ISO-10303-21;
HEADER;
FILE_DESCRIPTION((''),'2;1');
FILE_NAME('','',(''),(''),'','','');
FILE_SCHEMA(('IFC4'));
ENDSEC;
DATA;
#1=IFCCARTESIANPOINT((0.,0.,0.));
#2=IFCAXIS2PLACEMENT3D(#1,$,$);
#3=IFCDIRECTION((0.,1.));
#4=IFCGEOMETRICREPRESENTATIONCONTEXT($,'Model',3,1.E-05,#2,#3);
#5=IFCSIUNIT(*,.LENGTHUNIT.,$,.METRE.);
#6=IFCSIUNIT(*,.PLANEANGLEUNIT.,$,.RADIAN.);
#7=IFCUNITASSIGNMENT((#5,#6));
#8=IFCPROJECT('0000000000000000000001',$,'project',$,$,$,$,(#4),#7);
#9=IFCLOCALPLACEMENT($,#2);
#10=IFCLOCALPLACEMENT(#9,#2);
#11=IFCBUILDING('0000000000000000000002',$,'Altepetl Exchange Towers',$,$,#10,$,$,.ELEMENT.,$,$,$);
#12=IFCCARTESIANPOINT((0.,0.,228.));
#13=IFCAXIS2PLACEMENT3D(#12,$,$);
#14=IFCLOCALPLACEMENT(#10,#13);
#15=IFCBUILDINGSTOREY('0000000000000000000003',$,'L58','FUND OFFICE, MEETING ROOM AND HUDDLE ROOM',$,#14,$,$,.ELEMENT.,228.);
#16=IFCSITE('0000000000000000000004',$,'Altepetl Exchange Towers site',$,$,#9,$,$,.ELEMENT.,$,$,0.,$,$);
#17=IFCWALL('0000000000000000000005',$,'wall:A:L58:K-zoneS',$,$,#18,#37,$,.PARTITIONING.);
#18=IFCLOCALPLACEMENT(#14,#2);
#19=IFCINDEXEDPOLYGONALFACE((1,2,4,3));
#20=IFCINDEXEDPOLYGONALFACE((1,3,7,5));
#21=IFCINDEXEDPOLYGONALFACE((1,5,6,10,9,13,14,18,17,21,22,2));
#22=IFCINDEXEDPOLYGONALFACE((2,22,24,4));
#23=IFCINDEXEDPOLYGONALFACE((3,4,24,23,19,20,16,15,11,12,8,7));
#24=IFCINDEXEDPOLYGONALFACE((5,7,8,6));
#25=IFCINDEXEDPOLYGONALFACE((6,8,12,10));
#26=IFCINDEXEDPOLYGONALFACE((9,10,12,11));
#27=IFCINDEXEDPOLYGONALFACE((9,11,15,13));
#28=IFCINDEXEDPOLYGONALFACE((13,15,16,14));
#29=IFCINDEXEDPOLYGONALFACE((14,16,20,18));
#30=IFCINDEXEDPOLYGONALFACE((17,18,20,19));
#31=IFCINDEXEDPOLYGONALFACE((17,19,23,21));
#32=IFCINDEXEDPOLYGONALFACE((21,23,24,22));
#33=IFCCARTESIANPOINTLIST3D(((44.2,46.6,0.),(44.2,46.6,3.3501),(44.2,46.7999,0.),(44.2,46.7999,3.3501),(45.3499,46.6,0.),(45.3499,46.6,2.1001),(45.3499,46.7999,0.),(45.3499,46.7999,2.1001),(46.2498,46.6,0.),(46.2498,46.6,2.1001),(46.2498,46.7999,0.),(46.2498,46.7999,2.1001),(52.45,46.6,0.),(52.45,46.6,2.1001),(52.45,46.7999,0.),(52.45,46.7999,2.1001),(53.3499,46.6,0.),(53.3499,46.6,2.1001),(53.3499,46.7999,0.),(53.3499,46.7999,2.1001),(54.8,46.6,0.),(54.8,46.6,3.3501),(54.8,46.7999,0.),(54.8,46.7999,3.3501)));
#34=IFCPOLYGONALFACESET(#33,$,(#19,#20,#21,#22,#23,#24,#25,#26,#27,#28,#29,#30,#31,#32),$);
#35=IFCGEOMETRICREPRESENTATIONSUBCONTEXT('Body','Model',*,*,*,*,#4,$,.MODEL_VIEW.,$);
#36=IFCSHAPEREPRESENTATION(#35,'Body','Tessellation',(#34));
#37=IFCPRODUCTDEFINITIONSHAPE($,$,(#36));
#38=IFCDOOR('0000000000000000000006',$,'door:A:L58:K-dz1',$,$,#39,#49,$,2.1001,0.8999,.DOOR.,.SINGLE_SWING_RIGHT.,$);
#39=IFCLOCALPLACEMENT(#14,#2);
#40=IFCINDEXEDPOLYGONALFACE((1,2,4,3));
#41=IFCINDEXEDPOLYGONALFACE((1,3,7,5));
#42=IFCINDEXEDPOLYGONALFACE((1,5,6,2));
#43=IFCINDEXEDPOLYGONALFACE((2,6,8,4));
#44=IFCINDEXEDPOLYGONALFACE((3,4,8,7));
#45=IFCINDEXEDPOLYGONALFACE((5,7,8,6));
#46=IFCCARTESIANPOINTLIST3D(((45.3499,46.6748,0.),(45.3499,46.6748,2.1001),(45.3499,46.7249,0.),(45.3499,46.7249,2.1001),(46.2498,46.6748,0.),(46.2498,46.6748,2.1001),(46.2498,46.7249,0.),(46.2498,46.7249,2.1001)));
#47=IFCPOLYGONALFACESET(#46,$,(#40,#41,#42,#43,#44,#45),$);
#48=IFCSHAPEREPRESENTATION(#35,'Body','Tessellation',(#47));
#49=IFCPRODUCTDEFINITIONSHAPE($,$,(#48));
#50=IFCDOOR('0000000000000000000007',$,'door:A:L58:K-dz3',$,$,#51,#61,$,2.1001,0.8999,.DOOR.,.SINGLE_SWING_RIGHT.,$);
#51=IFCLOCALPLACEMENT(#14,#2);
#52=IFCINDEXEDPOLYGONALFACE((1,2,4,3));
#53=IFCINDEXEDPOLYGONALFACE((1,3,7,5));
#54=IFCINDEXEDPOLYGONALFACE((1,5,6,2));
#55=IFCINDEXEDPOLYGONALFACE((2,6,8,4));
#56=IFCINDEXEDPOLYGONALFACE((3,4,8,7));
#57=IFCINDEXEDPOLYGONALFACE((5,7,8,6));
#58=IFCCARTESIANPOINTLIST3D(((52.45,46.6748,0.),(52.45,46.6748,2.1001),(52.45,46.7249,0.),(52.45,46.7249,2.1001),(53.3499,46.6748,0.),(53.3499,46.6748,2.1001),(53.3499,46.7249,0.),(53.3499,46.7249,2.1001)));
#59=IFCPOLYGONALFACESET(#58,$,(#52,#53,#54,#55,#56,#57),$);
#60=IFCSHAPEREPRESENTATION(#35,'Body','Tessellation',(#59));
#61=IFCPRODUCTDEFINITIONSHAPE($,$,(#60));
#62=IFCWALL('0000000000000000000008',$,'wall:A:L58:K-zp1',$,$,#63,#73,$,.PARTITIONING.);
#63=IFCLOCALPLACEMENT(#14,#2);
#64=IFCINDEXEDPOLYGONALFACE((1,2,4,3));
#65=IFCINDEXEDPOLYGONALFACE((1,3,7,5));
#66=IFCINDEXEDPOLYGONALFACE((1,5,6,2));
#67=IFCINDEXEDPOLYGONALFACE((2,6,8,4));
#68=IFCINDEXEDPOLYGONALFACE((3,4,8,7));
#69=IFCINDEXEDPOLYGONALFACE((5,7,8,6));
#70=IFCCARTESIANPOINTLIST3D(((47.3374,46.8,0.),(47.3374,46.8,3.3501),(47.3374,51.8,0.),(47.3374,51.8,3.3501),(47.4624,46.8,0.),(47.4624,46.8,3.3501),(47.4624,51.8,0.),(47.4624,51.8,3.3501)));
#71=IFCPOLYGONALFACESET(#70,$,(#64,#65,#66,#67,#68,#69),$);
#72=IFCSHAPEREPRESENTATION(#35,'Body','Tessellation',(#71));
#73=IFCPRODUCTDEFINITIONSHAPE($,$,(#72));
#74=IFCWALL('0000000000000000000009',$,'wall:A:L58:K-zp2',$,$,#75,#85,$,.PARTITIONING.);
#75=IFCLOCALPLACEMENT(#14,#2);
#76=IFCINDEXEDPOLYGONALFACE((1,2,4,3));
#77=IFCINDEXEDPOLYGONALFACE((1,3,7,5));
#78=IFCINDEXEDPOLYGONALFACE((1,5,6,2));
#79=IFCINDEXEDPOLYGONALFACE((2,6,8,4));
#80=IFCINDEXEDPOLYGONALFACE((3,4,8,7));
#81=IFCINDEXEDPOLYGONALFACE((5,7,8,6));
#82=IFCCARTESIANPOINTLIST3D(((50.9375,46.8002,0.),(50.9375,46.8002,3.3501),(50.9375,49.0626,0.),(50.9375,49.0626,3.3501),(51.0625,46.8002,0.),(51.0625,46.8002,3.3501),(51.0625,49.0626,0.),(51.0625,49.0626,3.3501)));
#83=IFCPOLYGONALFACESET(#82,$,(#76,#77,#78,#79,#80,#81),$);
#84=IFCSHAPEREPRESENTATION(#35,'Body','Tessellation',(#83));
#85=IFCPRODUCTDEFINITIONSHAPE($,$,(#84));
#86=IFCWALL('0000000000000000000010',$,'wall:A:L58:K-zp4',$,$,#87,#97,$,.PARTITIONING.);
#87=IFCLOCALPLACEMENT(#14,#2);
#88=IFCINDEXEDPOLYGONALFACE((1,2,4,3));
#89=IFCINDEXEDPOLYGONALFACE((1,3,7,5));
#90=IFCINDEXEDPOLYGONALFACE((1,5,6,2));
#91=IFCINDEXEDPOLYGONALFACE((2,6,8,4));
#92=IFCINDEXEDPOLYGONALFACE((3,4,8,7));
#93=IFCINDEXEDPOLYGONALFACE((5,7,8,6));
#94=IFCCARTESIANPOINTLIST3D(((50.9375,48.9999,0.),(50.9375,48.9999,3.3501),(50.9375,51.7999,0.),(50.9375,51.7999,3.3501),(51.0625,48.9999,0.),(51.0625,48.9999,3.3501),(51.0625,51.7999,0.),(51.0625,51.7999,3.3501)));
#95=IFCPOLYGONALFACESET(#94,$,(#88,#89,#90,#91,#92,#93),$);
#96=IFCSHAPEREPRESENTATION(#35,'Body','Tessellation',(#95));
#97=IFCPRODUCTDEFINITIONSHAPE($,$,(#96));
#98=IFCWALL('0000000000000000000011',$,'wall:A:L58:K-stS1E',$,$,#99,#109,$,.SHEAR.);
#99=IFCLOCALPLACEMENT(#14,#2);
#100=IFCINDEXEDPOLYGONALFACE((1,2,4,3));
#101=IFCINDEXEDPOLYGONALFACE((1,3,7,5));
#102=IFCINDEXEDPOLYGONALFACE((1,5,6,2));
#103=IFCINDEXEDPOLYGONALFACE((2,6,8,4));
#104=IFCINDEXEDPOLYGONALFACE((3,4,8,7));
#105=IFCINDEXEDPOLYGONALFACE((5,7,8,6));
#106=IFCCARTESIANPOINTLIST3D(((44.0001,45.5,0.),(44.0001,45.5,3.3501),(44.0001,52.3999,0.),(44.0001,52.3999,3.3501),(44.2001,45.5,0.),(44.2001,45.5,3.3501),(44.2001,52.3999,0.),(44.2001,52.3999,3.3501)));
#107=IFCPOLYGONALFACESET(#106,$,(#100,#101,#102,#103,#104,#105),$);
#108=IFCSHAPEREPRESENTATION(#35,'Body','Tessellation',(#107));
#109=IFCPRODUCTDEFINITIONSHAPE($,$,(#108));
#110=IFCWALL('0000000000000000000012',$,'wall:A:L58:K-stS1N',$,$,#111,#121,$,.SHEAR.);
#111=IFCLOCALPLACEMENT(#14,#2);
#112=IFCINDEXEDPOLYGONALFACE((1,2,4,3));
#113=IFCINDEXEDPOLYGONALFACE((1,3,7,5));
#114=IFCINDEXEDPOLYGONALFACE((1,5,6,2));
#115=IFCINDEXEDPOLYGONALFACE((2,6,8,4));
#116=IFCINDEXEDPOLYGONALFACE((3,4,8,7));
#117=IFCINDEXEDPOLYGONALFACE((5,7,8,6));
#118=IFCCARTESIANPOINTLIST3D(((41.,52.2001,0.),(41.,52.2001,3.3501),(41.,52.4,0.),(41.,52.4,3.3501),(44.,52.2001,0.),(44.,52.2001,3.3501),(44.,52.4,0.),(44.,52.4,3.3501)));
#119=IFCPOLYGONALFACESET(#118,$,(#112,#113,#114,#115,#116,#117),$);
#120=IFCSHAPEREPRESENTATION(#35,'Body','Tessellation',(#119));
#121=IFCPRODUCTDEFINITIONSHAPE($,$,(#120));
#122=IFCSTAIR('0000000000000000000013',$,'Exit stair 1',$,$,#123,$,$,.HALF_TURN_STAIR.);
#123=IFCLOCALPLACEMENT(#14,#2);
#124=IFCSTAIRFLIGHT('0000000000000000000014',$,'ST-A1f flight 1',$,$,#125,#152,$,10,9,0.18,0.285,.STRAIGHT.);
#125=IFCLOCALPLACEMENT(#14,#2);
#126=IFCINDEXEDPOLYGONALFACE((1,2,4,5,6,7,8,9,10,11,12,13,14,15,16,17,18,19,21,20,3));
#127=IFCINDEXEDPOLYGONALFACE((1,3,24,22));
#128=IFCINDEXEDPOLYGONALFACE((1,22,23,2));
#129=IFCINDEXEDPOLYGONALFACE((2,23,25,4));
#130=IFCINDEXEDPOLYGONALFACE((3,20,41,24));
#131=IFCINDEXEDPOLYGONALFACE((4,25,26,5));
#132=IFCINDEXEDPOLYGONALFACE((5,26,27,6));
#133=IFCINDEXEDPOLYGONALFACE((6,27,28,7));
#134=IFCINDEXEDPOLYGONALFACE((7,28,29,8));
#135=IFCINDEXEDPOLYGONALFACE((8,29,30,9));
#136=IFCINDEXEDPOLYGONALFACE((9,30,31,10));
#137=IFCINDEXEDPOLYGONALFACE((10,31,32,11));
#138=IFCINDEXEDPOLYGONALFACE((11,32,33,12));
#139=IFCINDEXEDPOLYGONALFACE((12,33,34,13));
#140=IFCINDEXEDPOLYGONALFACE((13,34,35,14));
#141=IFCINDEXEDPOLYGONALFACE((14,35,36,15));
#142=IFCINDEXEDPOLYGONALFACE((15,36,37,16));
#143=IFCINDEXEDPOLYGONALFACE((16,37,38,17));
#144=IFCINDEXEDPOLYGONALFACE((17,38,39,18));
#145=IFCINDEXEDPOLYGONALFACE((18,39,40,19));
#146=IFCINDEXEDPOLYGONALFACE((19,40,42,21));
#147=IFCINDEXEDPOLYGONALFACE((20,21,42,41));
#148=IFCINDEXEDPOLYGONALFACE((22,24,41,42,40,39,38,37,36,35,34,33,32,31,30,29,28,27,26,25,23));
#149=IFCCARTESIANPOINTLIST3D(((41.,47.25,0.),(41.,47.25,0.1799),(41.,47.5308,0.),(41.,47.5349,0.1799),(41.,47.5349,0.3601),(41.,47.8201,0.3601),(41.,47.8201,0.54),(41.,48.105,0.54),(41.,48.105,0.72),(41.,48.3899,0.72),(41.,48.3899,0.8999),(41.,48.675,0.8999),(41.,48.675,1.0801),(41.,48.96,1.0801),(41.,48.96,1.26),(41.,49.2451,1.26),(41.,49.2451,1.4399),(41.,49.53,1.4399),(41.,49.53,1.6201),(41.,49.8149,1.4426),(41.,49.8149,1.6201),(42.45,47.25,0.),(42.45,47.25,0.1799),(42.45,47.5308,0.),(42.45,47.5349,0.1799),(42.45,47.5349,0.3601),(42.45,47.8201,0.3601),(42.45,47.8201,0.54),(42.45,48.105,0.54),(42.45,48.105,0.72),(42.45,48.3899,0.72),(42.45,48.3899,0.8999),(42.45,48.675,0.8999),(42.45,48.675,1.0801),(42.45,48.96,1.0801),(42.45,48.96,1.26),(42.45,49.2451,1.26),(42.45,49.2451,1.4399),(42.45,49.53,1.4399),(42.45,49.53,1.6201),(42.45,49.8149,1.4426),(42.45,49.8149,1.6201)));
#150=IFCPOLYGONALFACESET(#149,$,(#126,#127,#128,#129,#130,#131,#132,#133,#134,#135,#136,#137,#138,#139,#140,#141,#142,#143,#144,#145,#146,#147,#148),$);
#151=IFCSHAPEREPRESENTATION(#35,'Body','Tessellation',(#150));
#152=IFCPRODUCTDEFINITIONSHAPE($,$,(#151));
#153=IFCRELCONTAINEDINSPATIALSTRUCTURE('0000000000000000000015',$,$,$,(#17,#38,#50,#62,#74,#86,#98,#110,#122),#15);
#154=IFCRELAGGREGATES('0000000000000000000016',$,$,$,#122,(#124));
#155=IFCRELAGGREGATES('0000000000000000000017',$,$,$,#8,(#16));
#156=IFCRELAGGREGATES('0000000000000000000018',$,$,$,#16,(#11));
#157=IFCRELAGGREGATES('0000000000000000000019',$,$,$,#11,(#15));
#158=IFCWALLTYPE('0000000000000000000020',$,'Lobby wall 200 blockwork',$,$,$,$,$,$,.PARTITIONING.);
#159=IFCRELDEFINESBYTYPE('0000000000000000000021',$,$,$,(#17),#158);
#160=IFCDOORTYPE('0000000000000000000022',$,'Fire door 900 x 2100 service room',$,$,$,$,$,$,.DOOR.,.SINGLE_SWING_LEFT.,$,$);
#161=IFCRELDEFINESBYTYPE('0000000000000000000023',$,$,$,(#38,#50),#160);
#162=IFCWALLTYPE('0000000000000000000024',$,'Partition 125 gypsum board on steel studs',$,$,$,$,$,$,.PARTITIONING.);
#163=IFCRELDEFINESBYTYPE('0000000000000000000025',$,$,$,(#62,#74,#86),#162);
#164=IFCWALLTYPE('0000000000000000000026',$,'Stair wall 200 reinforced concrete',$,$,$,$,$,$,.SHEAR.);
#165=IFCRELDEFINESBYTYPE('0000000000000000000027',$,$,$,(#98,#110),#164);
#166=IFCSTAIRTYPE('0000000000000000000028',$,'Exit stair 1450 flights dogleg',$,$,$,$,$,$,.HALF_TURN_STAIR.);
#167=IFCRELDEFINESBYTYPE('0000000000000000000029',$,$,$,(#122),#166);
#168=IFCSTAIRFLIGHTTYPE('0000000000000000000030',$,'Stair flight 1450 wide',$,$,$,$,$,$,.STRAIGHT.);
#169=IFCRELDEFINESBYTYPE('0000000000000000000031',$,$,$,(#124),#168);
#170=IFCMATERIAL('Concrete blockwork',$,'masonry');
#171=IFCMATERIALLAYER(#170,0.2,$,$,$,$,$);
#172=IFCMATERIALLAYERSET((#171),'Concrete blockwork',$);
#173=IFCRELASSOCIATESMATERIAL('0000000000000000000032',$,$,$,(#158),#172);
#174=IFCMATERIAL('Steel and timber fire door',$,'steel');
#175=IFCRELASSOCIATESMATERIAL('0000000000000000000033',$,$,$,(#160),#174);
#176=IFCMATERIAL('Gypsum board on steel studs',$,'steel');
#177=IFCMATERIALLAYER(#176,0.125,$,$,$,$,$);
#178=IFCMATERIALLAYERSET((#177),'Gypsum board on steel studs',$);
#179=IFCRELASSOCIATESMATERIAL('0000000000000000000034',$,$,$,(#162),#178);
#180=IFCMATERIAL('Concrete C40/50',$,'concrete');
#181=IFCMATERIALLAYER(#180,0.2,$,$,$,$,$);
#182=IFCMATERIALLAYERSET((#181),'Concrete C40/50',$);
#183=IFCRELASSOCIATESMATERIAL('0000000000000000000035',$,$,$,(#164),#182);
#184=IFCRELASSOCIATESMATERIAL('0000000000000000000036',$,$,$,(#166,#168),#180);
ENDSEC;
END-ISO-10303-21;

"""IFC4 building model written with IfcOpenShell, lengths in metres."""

from ifc_helpers import new_model, si_unit, direction, frame, frame_2d, origin, place, context, subcontext, project, spatial, polyline, rectangle, outline, extrude, material, layer, layer_set, type_object, element, fill, aggregate, save


model = new_model("IFC4")

# Units and contexts
model_context = context("Model", 3, precision=1e-05, world=origin(), true_north=direction((0.0, 1.0)))
body_context = subcontext(model_context, "Body", "Model", "MODEL_VIEW")
ifc_project = project(units=[si_unit("LENGTHUNIT", "METRE"), si_unit("PLANEANGLEUNIT", "RADIAN")], contexts=[model_context])

# Site, building, storey
site_placement = place(None, origin())
site = spatial("IfcSite", under=ifc_project, at=site_placement, Name="Altepetl Exchange Towers site", CompositionType="ELEMENT", RefElevation=0.0)
building_placement = place(site_placement, origin())
building = spatial("IfcBuilding", under=site, at=building_placement, Name="Altepetl Exchange Towers", CompositionType="ELEMENT")
storey_placement = place(building_placement, frame((0.0, 0.0, 228.0)))
storey = spatial("IfcBuildingStorey", under=building, at=storey_placement, Name="L58", Description="FUND OFFICE, MEETING ROOM AND HUDDLE ROOM", CompositionType="ELEMENT", Elevation=228.0)

# Shared definitions
ifc_material_1 = material(Name="Concrete blockwork", Category="masonry")
ifc_layer_1 = layer(ifc_material_1, 0.2)
ifc_layer_set_1 = layer_set([ifc_layer_1], Name="Concrete blockwork")
wall_type_1 = type_object("IfcWallType", Name="Lobby wall 200 blockwork", PredefinedType="PARTITIONING", material=ifc_layer_set_1)

# Shared definitions
ifc_material_2 = material(Name="Steel and timber fire door", Category="steel")

# Wall, openings, doors
door_type_1 = type_object("IfcDoorType", Name="Fire door 900 x 2100 service room", OperationType="SINGLE_SWING_LEFT", PredefinedType="DOOR", material=ifc_material_2)
wall_1_placement = place(storey_placement, frame((44.2, 46.7, 0.0)))
wall_1 = element("IfcWall", 1, at=wall_1_placement, inside=storey, type_object=wall_type_1, Name="wall:A:L58:K-zoneS", PredefinedType="PARTITIONING", context=body_context, shape_type="SweptSolid", body=[
    extrude(rectangle(XDim=10.6001, YDim=0.2, at=frame_2d((5.3, 0.0))), origin(), (0.0, 0.0, 1.0), 3.3501),
])
opening_1_placement = place(wall_1_placement, frame((1.1499, 0.0, 0.0)))
opening_1 = element("IfcOpeningElement", 2, at=opening_1_placement, cuts=wall_1, PredefinedType="OPENING", context=body_context, shape_type="SweptSolid", body=[
    extrude(rectangle(XDim=0.8999, YDim=2.1001, at=frame_2d((0.45, 1.05))), frame((0.0, 0.1099, 0.0), z_axis=(0.0, -1.0, 0.0), x_axis=(1.0, 0.0, 0.0)), (0.0, 0.0, 1.0), 0.22),
])
opening_2_placement = place(wall_1_placement, frame((8.25, 0.0, 0.0)))
opening_2 = element("IfcOpeningElement", 3, at=opening_2_placement, cuts=wall_1, PredefinedType="OPENING", context=body_context, shape_type="SweptSolid", body=[
    extrude(rectangle(XDim=0.8999, YDim=2.1001, at=frame_2d((0.45, 1.05))), frame((0.0, 0.1099, 0.0), z_axis=(0.0, -1.0, 0.0), x_axis=(1.0, 0.0, 0.0)), (0.0, 0.0, 1.0), 0.22),
])
door_1_placement = place(opening_1_placement, origin())
door_1 = element("IfcDoor", 4, at=door_1_placement, inside=storey, type_object=door_type_1, Name="door:A:L58:K-dz1", OperationType="SINGLE_SWING_RIGHT", OverallHeight=2.1001, OverallWidth=0.8999, PredefinedType="DOOR", context=body_context, shape_type="SweptSolid", body=[
    extrude(rectangle(XDim=0.8999, YDim=2.1001, at=frame_2d((0.45, 1.05))), frame((0.0, 0.0249, 0.0), z_axis=(0.0, -1.0, 0.0), x_axis=(1.0, 0.0, 0.0)), (0.0, 0.0, 1.0), 0.05),
])
fill(opening_1, door_1)
door_2_placement = place(opening_2_placement, origin())
door_2 = element("IfcDoor", 5, at=door_2_placement, inside=storey, type_object=door_type_1, Name="door:A:L58:K-dz3", OperationType="SINGLE_SWING_RIGHT", OverallHeight=2.1001, OverallWidth=0.8999, PredefinedType="DOOR", context=body_context, shape_type="SweptSolid", body=[
    extrude(rectangle(XDim=0.8999, YDim=2.1001, at=frame_2d((0.45, 1.05))), frame((0.0, 0.0249, 0.0), z_axis=(0.0, -1.0, 0.0), x_axis=(1.0, 0.0, 0.0)), (0.0, 0.0, 1.0), 0.05),
])
fill(opening_2, door_2)

# Walls
ifc_material_3 = material(Name="Gypsum board on steel studs", Category="steel")
ifc_layer_2 = layer(ifc_material_3, 0.125)
ifc_layer_set_2 = layer_set([ifc_layer_2], Name="Gypsum board on steel studs")
wall_type_2 = type_object("IfcWallType", Name="Partition 125 gypsum board on steel studs", PredefinedType="PARTITIONING", material=ifc_layer_set_2)
wall_2_placement = place(storey_placement, frame((47.3999, 46.8, 0.0), z_axis=(0.0, 0.0, 1.0), x_axis=(0.0, 1.0, 0.0)))
element("IfcWall", 6, at=wall_2_placement, inside=storey, type_object=wall_type_2, Name="wall:A:L58:K-zp1", PredefinedType="PARTITIONING", context=body_context, shape_type="SweptSolid", body=[
    extrude(rectangle(XDim=5.0, YDim=0.125, at=frame_2d((2.5, 0.0))), origin(), (0.0, 0.0, 1.0), 3.3501),
])
wall_3_placement = place(storey_placement, frame((51.0, 46.8, 0.0), z_axis=(0.0, 0.0, 1.0), x_axis=(0.0, 1.0, 0.0)))
element("IfcWall", 7, at=wall_3_placement, inside=storey, type_object=wall_type_2, Name="wall:A:L58:K-zp2", PredefinedType="PARTITIONING", context=body_context, shape_type="SweptSolid", body=[
    extrude(rectangle(XDim=2.2625, YDim=0.125, at=frame_2d((1.1313, 0.0))), origin(), (0.0, 0.0, 1.0), 3.3501),
])
wall_4_placement = place(storey_placement, frame((51.0, 49.0, 0.0), z_axis=(0.0, 0.0, 1.0), x_axis=(0.0, 1.0, 0.0)))
element("IfcWall", 8, at=wall_4_placement, inside=storey, type_object=wall_type_2, Name="wall:A:L58:K-zp4", PredefinedType="PARTITIONING", context=body_context, shape_type="SweptSolid", body=[
    extrude(rectangle(XDim=2.8, YDim=0.125, at=frame_2d((1.3999, 0.0))), origin(), (0.0, 0.0, 1.0), 3.3501),
])
ifc_material_4 = material(Name="Concrete C40/50", Category="concrete")
ifc_layer_3 = layer(ifc_material_4, 0.2)
ifc_layer_set_3 = layer_set([ifc_layer_3], Name="Concrete C40/50")
wall_type_3 = type_object("IfcWallType", Name="Stair wall 200 reinforced concrete", PredefinedType="SHEAR", material=ifc_layer_set_3)
wall_5_placement = place(storey_placement, frame((44.1001, 45.5, 0.0), z_axis=(0.0, 0.0, 1.0), x_axis=(0.0, 1.0, 0.0)))
element("IfcWall", 9, at=wall_5_placement, inside=storey, type_object=wall_type_3, Name="wall:A:L58:K-stS1E", PredefinedType="SHEAR", context=body_context, shape_type="SweptSolid", body=[
    extrude(rectangle(XDim=6.8999, YDim=0.2, at=frame_2d((3.45, 0.0))), origin(), (0.0, 0.0, 1.0), 3.3501),
])
wall_6_placement = place(storey_placement, frame((41.0, 52.3, 0.0)))
element("IfcWall", 10, at=wall_6_placement, inside=storey, type_object=wall_type_3, Name="wall:A:L58:K-stS1N", PredefinedType="SHEAR", context=body_context, shape_type="SweptSolid", body=[
    extrude(rectangle(XDim=3.0, YDim=0.2, at=frame_2d((1.5, 0.0))), origin(), (0.0, 0.0, 1.0), 3.3501),
])

# Stair, stair flight
stair_type = type_object("IfcStairType", Name="Exit stair 1450 flights dogleg", PredefinedType="HALF_TURN_STAIR", material=ifc_material_4)
stair_placement = place(storey_placement, origin())
stair = element("IfcStair", 11, at=stair_placement, inside=storey, type_object=stair_type, Name="Exit stair 1", PredefinedType="HALF_TURN_STAIR")
stair_flight_type = type_object("IfcStairFlightType", Name="Stair flight 1450 wide", PredefinedType="STRAIGHT", material=ifc_material_4)
stair_flight_1_placement = place(storey_placement, frame((41.7251, 47.25, 0.0), z_axis=(0.0, 0.0, 1.0), x_axis=(0.0, 1.0, 0.0)))
stair_flight_1 = element("IfcStairFlight", 12, at=stair_flight_1_placement, type_object=stair_flight_type, Name="ST-A1f flight 1", NumberOfRisers=10, NumberOfTreads=9, PredefinedType="STRAIGHT", RiserHeight=0.18, TreadLength=0.285, context=body_context, shape_type="SweptSolid", body=[
    extrude(outline(polyline([(0.0, 0.0), (0.0, 0.1799), (0.2849, 0.1799), (0.2849, 0.3601), (0.5701, 0.3601), (0.5701, 0.54), (0.855, 0.54), (0.855, 0.72), (1.1399, 0.72), (1.1399, 0.8999), (1.425, 0.8999), (1.425, 1.0801), (1.71, 1.0801), (1.71, 1.26), (1.9951, 1.26), (1.9951, 1.4399), (2.28, 1.4399), (2.28, 1.6201), (2.5649, 1.6201), (2.5649, 1.8), (2.5649, 1.4426), (0.2808, 0.0), (0.0, 0.0)])), frame((0.0, 0.7251, 0.0), z_axis=(0.0, -1.0, 0.0), x_axis=(1.0, 0.0, 0.0)), (0.0, 0.0, 1.0), 1.45),
])
aggregate(stair, [stair_flight_1])

save(model, "model.ifc")
